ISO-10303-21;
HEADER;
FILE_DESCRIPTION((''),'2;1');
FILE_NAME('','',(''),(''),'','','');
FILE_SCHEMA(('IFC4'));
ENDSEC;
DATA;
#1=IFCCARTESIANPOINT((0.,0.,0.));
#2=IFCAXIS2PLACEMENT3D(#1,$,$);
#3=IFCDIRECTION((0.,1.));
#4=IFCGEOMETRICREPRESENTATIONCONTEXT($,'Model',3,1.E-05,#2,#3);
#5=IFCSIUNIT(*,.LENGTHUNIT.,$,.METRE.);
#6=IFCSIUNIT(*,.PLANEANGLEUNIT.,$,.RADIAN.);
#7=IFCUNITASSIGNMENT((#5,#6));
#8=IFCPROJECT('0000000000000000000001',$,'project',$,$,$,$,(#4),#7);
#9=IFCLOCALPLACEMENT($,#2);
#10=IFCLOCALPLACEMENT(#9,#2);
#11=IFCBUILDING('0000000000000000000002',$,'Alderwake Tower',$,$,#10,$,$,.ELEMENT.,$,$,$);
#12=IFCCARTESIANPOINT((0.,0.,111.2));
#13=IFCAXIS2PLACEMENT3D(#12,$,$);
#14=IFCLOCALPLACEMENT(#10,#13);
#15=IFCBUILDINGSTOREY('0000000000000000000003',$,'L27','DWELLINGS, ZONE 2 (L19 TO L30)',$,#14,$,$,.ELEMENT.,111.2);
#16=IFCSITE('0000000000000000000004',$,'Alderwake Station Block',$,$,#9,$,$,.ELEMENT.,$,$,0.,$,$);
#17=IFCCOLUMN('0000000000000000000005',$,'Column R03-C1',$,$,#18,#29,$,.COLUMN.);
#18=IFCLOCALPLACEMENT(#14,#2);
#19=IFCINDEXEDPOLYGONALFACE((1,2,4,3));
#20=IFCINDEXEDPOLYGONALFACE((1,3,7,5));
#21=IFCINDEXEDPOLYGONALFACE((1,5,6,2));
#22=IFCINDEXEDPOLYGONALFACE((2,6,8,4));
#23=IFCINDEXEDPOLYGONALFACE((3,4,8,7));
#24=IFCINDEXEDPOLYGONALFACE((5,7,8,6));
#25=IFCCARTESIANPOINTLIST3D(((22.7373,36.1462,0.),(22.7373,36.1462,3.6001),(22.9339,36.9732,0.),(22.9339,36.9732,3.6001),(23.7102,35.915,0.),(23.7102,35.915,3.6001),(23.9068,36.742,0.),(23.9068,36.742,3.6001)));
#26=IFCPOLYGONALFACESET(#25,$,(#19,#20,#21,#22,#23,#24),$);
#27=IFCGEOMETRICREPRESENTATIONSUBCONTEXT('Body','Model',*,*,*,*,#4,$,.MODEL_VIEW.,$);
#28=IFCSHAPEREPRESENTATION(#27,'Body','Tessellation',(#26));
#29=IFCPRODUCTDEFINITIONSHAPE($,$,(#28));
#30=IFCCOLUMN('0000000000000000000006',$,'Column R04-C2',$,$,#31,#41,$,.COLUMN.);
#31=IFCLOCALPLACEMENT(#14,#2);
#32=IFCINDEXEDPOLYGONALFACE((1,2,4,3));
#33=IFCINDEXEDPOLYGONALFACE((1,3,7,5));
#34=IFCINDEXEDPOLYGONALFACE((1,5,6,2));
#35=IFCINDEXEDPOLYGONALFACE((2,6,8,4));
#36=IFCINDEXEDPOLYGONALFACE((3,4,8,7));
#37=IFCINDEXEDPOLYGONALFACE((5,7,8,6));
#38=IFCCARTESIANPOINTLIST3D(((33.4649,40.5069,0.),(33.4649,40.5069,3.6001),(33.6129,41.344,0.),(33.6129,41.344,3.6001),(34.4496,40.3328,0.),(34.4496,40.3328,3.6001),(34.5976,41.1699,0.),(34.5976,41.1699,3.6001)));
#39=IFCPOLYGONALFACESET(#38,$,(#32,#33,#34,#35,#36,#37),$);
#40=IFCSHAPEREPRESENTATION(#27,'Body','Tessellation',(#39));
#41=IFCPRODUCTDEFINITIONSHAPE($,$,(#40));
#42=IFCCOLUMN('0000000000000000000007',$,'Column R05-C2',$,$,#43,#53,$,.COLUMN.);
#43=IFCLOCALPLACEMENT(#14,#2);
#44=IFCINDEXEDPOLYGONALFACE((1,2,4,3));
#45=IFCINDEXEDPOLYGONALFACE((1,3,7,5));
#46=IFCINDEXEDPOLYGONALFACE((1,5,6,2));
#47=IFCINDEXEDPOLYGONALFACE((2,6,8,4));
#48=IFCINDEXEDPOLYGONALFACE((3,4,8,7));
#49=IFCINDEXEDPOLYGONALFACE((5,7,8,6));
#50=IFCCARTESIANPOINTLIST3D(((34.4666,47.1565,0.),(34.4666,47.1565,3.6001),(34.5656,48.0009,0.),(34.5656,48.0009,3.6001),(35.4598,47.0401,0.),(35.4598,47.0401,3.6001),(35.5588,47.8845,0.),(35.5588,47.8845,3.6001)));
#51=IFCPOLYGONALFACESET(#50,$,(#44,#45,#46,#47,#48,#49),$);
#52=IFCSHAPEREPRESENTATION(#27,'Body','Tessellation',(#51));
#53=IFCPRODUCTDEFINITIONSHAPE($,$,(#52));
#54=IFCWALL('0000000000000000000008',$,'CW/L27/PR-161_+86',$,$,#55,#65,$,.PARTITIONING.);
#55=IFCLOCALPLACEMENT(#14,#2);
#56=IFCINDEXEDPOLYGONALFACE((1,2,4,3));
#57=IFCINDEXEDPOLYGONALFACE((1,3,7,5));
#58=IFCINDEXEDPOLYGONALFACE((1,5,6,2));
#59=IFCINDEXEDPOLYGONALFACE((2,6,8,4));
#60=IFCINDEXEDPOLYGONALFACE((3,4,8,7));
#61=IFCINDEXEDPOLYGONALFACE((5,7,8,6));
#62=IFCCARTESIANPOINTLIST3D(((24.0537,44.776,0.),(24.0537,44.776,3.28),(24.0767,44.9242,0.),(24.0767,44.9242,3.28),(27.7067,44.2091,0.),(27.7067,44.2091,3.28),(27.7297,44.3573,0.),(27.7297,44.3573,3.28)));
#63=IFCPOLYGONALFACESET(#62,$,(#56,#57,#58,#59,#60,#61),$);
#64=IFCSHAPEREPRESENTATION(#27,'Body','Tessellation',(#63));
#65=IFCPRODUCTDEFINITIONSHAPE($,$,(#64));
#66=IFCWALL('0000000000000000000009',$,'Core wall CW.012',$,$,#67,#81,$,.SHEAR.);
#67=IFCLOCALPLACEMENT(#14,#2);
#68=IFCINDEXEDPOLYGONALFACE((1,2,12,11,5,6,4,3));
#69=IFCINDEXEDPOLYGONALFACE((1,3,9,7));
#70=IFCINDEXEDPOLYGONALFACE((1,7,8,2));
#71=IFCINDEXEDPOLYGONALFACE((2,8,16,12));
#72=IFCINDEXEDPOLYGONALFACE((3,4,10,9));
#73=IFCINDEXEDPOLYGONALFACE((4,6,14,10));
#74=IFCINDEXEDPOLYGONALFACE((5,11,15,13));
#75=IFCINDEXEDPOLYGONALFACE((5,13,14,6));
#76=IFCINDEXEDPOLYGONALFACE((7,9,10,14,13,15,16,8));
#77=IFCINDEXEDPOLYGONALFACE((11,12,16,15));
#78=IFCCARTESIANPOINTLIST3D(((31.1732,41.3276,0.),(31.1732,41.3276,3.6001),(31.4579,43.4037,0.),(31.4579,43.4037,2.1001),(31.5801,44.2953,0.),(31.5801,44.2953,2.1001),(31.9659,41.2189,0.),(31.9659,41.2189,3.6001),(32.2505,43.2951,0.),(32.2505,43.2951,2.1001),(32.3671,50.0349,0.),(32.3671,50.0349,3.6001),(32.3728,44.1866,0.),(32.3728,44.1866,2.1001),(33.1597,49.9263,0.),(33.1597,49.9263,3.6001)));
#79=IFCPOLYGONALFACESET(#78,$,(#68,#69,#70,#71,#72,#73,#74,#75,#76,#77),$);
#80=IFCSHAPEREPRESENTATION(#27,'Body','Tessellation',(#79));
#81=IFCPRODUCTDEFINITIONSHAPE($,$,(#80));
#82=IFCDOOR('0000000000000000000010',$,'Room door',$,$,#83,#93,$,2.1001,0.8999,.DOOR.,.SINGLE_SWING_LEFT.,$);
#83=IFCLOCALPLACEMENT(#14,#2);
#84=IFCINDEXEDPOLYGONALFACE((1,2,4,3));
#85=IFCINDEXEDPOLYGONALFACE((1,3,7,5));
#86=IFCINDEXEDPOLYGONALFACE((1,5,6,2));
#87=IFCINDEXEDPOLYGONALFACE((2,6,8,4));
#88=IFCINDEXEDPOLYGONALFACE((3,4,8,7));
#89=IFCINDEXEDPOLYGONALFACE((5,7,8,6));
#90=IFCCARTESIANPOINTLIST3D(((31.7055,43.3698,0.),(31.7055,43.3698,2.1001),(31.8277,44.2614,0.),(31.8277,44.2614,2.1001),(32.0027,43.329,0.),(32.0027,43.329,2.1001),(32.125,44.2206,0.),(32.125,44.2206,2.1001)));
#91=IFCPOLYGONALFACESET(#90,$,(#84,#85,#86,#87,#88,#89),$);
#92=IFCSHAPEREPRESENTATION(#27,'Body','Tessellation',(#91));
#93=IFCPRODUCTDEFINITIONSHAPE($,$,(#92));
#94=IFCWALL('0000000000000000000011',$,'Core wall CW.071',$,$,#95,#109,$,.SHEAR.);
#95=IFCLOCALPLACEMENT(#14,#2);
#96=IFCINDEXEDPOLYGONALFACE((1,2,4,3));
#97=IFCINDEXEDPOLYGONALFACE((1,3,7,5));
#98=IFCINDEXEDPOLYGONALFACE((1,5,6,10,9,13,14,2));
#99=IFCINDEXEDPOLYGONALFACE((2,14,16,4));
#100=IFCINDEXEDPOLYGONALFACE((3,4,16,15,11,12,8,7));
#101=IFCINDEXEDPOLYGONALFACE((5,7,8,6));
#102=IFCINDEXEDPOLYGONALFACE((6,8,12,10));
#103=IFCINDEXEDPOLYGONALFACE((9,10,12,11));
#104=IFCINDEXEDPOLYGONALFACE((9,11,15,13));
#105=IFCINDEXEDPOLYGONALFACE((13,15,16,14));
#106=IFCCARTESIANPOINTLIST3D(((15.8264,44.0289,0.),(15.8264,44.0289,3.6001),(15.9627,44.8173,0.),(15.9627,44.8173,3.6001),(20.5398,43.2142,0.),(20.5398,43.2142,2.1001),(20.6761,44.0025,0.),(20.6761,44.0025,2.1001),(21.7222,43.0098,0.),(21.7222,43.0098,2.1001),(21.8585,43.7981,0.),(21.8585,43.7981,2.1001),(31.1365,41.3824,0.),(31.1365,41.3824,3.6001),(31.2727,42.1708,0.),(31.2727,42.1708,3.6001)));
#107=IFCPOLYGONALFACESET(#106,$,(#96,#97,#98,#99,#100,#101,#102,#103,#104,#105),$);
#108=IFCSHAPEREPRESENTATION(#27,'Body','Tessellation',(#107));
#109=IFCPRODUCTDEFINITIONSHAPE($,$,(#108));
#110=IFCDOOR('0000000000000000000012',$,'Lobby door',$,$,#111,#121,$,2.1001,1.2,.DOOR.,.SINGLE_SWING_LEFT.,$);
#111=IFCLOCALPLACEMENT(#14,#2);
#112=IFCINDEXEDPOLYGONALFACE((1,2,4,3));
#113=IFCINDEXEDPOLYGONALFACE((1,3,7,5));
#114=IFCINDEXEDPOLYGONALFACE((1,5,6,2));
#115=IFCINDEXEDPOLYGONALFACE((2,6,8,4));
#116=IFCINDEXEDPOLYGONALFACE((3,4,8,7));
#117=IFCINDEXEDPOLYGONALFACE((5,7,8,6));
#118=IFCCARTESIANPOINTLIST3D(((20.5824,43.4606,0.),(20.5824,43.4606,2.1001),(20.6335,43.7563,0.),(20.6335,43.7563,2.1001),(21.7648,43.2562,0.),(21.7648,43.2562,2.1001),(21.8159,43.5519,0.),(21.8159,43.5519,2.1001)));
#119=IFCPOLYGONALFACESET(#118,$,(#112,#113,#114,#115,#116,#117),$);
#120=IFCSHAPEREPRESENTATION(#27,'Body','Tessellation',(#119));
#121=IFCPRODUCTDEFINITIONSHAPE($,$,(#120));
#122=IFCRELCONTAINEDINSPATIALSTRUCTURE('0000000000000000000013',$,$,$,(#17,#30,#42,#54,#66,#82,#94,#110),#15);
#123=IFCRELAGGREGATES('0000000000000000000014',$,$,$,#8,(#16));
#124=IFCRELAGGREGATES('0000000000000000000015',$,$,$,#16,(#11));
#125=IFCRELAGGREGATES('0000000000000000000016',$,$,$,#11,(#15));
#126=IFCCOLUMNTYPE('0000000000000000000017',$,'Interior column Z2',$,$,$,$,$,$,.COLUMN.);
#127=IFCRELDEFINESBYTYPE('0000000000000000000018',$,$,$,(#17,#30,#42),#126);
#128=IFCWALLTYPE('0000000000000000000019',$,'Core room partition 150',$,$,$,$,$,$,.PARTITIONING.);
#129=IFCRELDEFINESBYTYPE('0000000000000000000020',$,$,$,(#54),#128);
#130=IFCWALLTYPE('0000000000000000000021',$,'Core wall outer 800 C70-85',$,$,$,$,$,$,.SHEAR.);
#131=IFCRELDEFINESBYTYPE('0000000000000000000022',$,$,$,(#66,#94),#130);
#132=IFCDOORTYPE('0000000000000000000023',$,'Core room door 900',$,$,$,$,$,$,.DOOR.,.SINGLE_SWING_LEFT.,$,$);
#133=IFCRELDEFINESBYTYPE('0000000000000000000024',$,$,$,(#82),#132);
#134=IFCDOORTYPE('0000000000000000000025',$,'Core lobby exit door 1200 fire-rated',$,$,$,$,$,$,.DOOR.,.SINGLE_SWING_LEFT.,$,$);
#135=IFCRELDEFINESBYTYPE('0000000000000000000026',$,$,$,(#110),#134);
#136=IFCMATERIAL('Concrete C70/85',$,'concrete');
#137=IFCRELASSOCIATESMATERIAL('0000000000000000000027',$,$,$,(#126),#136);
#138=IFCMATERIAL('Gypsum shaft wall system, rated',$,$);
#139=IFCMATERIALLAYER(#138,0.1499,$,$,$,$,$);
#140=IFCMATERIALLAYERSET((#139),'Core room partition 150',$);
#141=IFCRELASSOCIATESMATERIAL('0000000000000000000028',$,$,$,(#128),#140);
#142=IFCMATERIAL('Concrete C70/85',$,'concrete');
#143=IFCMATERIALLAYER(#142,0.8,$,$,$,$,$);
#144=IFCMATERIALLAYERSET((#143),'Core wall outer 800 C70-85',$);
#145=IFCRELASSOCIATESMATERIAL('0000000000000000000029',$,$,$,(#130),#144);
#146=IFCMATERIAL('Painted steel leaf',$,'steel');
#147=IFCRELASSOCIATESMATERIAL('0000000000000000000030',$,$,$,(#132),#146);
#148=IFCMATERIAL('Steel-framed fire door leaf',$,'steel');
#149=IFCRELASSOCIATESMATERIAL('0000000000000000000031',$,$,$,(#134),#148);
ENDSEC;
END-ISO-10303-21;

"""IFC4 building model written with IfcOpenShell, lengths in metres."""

from ifc_helpers import new_model, si_unit, direction, frame, frame_2d, origin, origin_2d, place, context, subcontext, project, spatial, rectangle, extrude, material, layer, layer_set, material_profile, profile_set, type_object, element, fill, save


model = new_model("IFC4")

# Units and contexts
model_context = context("Model", 3, precision=1e-05, world=origin(), true_north=direction((0.0, 1.0)))
body_context = subcontext(model_context, "Body", "Model", "MODEL_VIEW")
ifc_project = project(units=[si_unit("LENGTHUNIT", "METRE"), si_unit("PLANEANGLEUNIT", "RADIAN")], contexts=[model_context])

# Site, building, storey
site_placement = place(None, origin())
site = spatial("IfcSite", under=ifc_project, at=site_placement, Name="Alderwake Station Block", CompositionType="ELEMENT", RefElevation=0.0)
building_placement = place(site_placement, origin())
building = spatial("IfcBuilding", under=site, at=building_placement, Name="Alderwake Tower", CompositionType="ELEMENT")
storey_placement = place(building_placement, frame((0.0, 0.0, 111.2)))
storey = spatial("IfcBuildingStorey", under=building, at=storey_placement, Name="L27", Description="DWELLINGS, ZONE 2 (L19 TO L30)", CompositionType="ELEMENT", Elevation=111.2)

# Columns
ifc_material_1 = material(Name="Concrete C70/85", Category="concrete")
ifc_material_profile = material_profile(ifc_material_1, rectangle(XDim=0.8501, YDim=1.0, at=origin_2d()), Name="RC 1000X850")
ifc_profile_set = profile_set([ifc_material_profile], Name="Concrete C70/85")
column_type = type_object("IfcColumnType", Name="Interior column Z2", PredefinedType="COLUMN", material=ifc_profile_set)
for number, where, z_axis, x_axis, name in (
    (1, (23.322, 36.4441, 0.0), (0.0, 0.0, 1.0), (0.231222, 0.972901, 0.0), "Column R03-C1"),
    (2, (34.0312, 40.8384, 0.0), (0.0, 0.0, 1.0), (0.174109, 0.984726, 0.0), "Column R04-C2"),
    (3, (35.0127, 47.5205, 0.0), (0.0, 0.0, 1.0), (0.116402, 0.993202, 0.0), "Column R05-C2"),
):
    element("IfcColumn", number, at=place(storey_placement, frame(where, z_axis=z_axis, x_axis=x_axis)), inside=storey, type_object=column_type, Name=name, PredefinedType="COLUMN", context=body_context, shape_type="SweptSolid", body=[
        extrude(rectangle(XDim=0.8501, YDim=1.0, at=origin_2d()), origin(), (0.0, 0.0, 1.0), 3.6001),
    ])

# Wall
ifc_material_2 = material(Name="Gypsum shaft wall system, rated")
ifc_layer_1 = layer(ifc_material_2, 0.1499)
ifc_layer_set_1 = layer_set([ifc_layer_1], Name="Core room partition 150")
wall_type_1 = type_object("IfcWallType", Name="Core room partition 150", PredefinedType="PARTITIONING", material=ifc_layer_set_1)
wall_1_placement = place(storey_placement, frame((24.0652, 44.8501, 0.0), z_axis=(0.0, 0.0, 1.0), x_axis=(0.988172, -0.153347, 0.0)))
element("IfcWall", 4, at=wall_1_placement, inside=storey, type_object=wall_type_1, Name="CW/L27/PR-161_+86", PredefinedType="PARTITIONING", context=body_context, shape_type="SweptSolid", body=[
    extrude(rectangle(XDim=3.6968, YDim=0.1499, at=frame_2d((1.8484, 0.0))), origin(), (0.0, 0.0, 1.0), 3.28),
])

# Walls, openings, doors
ifc_material_3 = material(Name="Concrete C70/85", Category="concrete")
ifc_layer_2 = layer(ifc_material_3, 0.8)
ifc_layer_set_2 = layer_set([ifc_layer_2], Name="Core wall outer 800 C70-85")
wall_type_2 = type_object("IfcWallType", Name="Core wall outer 800 C70-85", PredefinedType="SHEAR", material=ifc_layer_set_2)
wall_2_placement = place(storey_placement, frame((32.7634, 49.9807, 0.0), z_axis=(0.0, 0.0, 1.0), x_axis=(-0.135838, -0.990731, 0.0)))
wall_2 = element("IfcWall", 5, at=wall_2_placement, inside=storey, type_object=wall_type_2, Name="Core wall CW.012", PredefinedType="SHEAR", context=body_context, shape_type="SweptSolid", body=[
    extrude(rectangle(XDim=8.7888, YDim=0.8, at=frame_2d((4.3945, 0.0))), origin(), (0.0, 0.0, 1.0), 3.6001),
])
opening_1_placement = place(wall_2_placement, frame((5.7935, 0.0, 0.0)))
opening_1 = element("IfcOpeningElement", 6, at=opening_1_placement, cuts=wall_2, PredefinedType="OPENING", context=body_context, shape_type="SweptSolid", body=[
    extrude(rectangle(XDim=0.8999, YDim=2.1001, at=frame_2d((0.45, 1.05))), frame((0.0, 0.4099, 0.0), z_axis=(0.0, -1.0, 0.0), x_axis=(1.0, 0.0, 0.0)), (0.0, 0.0, 1.0), 0.8201),
])
ifc_material_4 = material(Name="Painted steel leaf", Category="steel")
door_type_1 = type_object("IfcDoorType", Name="Core room door 900", OperationType="SINGLE_SWING_LEFT", PredefinedType="DOOR", material=ifc_material_4)
door_1_placement = place(opening_1_placement, origin())
door_1 = element("IfcDoor", 7, at=door_1_placement, inside=storey, type_object=door_type_1, Name="Room door", OperationType="SINGLE_SWING_LEFT", OverallHeight=2.1001, OverallWidth=0.8999, PredefinedType="DOOR", context=body_context, shape_type="SweptSolid", body=[
    extrude(rectangle(XDim=0.8999, YDim=2.1001, at=frame_2d((0.45, 1.05))), frame((0.0, 0.1499, 0.0), z_axis=(0.0, -1.0, 0.0), x_axis=(1.0, 0.0, 0.0)), (0.0, 0.0, 1.0), 0.3),
])
fill(opening_1, door_1)
wall_3_placement = place(storey_placement, frame((31.2046, 41.7766, 0.0), z_axis=(0.0, 0.0, 1.0), x_axis=(-0.985387, 0.170333, 0.0)))
wall_3 = element("IfcWall", 8, at=wall_3_placement, inside=storey, type_object=wall_type_2, Name="Core wall CW.071", PredefinedType="SHEAR", context=body_context, shape_type="SweptSolid", body=[
    extrude(rectangle(XDim=15.5371, YDim=0.8, at=frame_2d((7.7686, 0.0))), origin(), (0.0, 0.0, 1.0), 3.6001),
])
opening_2_placement = place(wall_3_placement, frame((9.5537, 0.0, 0.0)))
opening_2 = element("IfcOpeningElement", 9, at=opening_2_placement, cuts=wall_3, PredefinedType="OPENING", context=body_context, shape_type="SweptSolid", body=[
    extrude(rectangle(XDim=1.2, YDim=2.1001, at=frame_2d((0.6001, 1.05))), frame((0.0, 0.4099, 0.0), z_axis=(0.0, -1.0, 0.0), x_axis=(1.0, 0.0, 0.0)), (0.0, 0.0, 1.0), 0.8201),
])
ifc_material_5 = material(Name="Steel-framed fire door leaf", Category="steel")
door_type_2 = type_object("IfcDoorType", Name="Core lobby exit door 1200 fire-rated", OperationType="SINGLE_SWING_LEFT", PredefinedType="DOOR", material=ifc_material_5)
door_2_placement = place(opening_2_placement, origin())
door_2 = element("IfcDoor", 10, at=door_2_placement, inside=storey, type_object=door_type_2, Name="Lobby door", OperationType="SINGLE_SWING_LEFT", OverallHeight=2.1001, OverallWidth=1.2, PredefinedType="DOOR", context=body_context, shape_type="SweptSolid", body=[
    extrude(rectangle(XDim=1.2, YDim=2.1001, at=frame_2d((0.6001, 1.05))), frame((0.0, 0.1499, 0.0), z_axis=(0.0, -1.0, 0.0), x_axis=(1.0, 0.0, 0.0)), (0.0, 0.0, 1.0), 0.3),
])
fill(opening_2, door_2)

save(model, "model.ifc")
